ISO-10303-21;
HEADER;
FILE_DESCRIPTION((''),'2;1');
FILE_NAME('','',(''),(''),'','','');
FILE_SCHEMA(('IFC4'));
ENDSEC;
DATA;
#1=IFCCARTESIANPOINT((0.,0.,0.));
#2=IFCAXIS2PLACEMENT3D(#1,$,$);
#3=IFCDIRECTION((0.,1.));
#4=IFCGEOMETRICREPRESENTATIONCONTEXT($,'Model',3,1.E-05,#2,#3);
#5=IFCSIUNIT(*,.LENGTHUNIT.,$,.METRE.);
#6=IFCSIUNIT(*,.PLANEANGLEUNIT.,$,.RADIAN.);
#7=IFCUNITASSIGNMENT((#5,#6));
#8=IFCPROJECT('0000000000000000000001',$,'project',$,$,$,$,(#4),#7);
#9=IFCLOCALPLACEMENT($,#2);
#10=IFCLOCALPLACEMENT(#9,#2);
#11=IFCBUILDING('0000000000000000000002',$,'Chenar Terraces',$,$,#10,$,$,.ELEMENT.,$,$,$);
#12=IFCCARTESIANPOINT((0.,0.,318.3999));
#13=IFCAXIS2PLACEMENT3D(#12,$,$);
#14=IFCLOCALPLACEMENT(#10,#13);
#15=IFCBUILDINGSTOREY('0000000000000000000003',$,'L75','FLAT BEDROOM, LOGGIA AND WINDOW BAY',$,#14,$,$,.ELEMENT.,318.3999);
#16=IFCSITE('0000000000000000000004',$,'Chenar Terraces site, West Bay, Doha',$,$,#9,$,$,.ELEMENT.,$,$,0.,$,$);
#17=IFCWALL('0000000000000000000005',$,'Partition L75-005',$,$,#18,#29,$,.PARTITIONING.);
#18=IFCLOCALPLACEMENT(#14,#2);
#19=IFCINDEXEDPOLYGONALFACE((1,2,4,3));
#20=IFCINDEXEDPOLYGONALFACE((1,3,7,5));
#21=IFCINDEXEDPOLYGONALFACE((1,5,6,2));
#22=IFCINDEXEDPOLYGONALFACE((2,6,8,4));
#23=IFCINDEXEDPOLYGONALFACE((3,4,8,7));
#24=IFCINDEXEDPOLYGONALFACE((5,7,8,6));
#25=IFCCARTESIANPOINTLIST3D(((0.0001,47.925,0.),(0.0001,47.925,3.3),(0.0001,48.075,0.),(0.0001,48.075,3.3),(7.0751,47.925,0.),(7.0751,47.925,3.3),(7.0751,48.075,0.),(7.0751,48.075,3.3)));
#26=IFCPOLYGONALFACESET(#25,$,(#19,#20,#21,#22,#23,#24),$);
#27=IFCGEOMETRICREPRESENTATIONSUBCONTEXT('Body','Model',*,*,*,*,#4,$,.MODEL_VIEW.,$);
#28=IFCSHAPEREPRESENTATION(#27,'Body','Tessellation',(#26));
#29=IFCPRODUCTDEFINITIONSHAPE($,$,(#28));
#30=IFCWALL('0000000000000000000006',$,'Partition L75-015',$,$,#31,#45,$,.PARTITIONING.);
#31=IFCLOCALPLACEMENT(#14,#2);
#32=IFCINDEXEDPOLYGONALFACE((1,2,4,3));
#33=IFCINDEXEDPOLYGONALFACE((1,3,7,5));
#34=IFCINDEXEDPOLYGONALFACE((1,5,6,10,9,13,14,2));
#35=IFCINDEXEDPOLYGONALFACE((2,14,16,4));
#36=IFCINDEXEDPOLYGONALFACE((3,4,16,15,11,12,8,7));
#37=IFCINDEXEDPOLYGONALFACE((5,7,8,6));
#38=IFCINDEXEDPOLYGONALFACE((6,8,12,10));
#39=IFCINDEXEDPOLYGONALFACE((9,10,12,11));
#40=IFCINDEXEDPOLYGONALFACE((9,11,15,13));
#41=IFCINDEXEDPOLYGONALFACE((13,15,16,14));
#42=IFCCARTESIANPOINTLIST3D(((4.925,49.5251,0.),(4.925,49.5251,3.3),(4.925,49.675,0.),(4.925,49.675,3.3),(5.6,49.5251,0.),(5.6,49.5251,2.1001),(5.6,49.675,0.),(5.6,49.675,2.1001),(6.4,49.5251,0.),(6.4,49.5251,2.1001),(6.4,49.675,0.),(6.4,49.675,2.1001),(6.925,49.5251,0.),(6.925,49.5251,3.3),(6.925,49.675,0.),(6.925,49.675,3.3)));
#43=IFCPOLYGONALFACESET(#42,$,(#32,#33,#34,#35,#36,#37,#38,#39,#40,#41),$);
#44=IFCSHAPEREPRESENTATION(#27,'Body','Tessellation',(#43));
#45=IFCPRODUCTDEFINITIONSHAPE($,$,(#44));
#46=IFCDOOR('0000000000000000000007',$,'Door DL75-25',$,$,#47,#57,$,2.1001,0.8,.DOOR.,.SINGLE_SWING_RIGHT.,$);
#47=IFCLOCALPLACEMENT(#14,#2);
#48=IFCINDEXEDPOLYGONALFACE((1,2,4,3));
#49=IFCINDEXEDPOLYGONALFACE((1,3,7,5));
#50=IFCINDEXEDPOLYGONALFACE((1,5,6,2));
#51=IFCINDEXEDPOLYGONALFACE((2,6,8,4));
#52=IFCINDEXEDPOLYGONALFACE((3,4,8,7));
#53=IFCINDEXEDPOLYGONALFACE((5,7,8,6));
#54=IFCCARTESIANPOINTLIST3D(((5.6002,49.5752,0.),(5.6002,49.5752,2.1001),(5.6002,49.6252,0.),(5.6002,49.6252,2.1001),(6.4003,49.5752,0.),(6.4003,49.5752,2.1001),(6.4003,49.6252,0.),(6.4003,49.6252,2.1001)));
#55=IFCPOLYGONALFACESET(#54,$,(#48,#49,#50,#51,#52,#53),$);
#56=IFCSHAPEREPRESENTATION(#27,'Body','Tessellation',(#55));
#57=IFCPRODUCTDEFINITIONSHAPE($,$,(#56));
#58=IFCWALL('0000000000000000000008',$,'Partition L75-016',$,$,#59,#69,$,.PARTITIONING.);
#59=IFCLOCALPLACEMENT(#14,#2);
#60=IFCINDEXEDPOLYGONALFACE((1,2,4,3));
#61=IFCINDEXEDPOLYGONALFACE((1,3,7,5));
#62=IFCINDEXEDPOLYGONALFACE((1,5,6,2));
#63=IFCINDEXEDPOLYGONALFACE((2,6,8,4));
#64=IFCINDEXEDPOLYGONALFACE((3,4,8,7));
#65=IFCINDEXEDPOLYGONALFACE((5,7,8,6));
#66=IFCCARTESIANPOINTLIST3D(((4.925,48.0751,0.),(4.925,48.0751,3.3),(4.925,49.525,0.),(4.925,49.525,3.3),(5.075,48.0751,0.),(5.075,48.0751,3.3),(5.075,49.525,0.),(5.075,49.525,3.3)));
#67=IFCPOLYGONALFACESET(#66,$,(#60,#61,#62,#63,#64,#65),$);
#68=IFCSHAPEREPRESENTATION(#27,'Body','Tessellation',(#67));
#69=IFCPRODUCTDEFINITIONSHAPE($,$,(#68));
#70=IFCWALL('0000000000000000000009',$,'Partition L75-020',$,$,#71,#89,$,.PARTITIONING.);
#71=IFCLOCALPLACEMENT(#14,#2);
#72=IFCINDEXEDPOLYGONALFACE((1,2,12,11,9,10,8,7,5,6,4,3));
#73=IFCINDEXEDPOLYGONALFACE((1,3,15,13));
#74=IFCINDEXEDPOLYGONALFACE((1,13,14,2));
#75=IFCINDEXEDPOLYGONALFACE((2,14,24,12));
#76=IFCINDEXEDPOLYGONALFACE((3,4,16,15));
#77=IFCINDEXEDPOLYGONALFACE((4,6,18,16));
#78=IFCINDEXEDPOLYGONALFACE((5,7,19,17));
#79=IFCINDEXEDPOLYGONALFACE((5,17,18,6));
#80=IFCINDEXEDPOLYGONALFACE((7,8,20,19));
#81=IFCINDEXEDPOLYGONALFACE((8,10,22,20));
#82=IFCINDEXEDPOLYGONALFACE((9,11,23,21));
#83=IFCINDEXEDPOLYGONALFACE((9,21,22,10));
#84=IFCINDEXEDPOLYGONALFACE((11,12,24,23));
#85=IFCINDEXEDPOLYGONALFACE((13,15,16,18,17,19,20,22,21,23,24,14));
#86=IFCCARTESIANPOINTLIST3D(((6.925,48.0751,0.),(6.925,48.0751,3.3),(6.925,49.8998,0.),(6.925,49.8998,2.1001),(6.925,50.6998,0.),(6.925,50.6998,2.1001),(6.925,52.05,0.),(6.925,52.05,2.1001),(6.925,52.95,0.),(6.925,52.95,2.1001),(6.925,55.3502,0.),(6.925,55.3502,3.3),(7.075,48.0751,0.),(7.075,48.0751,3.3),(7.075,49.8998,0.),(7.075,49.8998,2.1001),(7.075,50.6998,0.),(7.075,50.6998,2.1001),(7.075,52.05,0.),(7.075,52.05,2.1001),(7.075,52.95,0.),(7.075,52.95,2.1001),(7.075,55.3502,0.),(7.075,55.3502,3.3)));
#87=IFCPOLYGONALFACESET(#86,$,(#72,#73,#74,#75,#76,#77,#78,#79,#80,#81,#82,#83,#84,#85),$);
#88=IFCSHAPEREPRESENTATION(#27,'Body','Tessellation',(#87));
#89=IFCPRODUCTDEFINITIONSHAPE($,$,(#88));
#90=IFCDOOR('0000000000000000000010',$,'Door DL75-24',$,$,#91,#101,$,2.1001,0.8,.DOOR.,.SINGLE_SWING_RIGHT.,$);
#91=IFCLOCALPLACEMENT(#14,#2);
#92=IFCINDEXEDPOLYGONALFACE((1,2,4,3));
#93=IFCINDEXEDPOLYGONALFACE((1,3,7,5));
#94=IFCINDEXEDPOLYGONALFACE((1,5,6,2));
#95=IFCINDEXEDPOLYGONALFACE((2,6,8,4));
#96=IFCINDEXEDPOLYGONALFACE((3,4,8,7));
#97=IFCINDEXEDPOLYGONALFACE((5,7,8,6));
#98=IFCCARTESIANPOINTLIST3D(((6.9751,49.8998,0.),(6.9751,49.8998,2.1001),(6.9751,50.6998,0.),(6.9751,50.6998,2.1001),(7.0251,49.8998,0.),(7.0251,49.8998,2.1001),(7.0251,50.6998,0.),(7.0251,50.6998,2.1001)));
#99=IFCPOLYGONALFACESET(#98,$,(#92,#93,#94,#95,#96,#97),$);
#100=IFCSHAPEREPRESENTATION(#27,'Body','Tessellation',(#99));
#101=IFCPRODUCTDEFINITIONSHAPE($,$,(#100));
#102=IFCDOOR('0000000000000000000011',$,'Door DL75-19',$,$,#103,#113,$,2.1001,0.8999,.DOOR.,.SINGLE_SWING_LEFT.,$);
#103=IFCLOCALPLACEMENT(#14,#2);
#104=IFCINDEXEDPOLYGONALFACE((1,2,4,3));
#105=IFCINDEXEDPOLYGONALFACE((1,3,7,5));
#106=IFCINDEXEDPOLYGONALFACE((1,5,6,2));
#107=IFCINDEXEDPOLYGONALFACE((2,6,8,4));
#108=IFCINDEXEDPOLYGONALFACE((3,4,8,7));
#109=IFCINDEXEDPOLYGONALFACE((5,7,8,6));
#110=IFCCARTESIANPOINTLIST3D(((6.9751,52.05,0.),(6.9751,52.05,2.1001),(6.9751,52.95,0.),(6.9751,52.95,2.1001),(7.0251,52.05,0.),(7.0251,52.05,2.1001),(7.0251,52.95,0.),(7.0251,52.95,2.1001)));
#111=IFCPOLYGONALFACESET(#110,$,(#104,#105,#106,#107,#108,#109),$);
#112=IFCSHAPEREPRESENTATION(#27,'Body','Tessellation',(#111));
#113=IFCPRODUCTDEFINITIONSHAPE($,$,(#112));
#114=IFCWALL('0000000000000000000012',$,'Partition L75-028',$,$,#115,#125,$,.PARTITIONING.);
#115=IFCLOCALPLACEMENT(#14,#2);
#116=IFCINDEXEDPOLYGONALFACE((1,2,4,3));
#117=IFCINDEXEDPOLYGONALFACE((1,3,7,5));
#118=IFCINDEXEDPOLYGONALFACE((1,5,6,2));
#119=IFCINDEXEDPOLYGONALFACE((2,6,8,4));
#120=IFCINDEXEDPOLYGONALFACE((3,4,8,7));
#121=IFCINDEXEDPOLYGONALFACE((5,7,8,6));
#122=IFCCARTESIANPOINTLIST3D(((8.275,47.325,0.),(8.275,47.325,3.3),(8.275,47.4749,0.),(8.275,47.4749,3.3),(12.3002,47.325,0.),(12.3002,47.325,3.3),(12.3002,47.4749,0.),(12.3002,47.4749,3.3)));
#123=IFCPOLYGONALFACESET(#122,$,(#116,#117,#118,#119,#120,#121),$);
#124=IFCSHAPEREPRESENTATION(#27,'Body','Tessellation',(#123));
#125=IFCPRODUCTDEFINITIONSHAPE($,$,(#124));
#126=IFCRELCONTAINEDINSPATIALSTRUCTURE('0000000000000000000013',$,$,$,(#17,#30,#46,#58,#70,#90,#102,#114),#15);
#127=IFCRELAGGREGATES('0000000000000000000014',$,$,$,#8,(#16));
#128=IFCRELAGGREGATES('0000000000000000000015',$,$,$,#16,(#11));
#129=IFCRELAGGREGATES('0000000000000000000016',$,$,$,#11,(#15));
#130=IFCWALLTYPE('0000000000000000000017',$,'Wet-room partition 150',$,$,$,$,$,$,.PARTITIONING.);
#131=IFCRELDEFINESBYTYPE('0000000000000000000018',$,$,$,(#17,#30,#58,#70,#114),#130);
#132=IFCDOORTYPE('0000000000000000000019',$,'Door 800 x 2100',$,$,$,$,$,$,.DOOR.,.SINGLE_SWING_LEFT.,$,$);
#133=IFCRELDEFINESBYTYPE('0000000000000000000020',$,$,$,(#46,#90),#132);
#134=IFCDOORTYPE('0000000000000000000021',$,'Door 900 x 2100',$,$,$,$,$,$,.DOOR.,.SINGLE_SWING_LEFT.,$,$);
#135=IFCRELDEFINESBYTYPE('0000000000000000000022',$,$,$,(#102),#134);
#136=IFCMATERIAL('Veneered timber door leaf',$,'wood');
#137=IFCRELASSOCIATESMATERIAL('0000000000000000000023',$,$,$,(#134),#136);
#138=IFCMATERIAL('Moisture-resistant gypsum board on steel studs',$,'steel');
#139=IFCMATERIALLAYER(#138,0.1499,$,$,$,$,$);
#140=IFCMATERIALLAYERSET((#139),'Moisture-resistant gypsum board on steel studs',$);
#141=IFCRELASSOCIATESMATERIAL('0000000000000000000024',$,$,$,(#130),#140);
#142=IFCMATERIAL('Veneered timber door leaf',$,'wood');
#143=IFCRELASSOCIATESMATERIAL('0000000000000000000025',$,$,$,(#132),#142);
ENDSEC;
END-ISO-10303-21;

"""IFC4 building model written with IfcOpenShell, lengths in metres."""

from ifc_helpers import new_model, si_unit, direction, frame, frame_2d, origin, place, context, subcontext, project, spatial, rectangle, extrude, material, layer, layer_set, type_object, element, fill, save


model = new_model("IFC4")

# Units and contexts
model_context = context("Model", 3, precision=1e-05, world=origin(), true_north=direction((0.0, 1.0)))
body_context = subcontext(model_context, "Body", "Model", "MODEL_VIEW")
ifc_project = project(units=[si_unit("LENGTHUNIT", "METRE"), si_unit("PLANEANGLEUNIT", "RADIAN")], contexts=[model_context])

# Site, building, storey
site_placement = place(None, origin())
site = spatial("IfcSite", under=ifc_project, at=site_placement, Name="Chenar Terraces site, West Bay, Doha", CompositionType="ELEMENT", RefElevation=0.0)
building_placement = place(site_placement, origin())
building = spatial("IfcBuilding", under=site, at=building_placement, Name="Chenar Terraces", CompositionType="ELEMENT")
storey_placement = place(building_placement, frame((0.0, 0.0, 318.3999)))
storey = spatial("IfcBuildingStorey", under=building, at=storey_placement, Name="L75", Description="FLAT BEDROOM, LOGGIA AND WINDOW BAY", CompositionType="ELEMENT", Elevation=318.3999)

# Shared definitions
ifc_material_1 = material(Name="Veneered timber door leaf", Category="wood")
door_type_1 = type_object("IfcDoorType", Name="Door 900 x 2100", OperationType="SINGLE_SWING_LEFT", PredefinedType="DOOR", material=ifc_material_1)

# Wall
ifc_material_2 = material(Name="Moisture-resistant gypsum board on steel studs", Category="steel")
ifc_layer_1 = layer(ifc_material_2, 0.1499)
ifc_layer_set_1 = layer_set([ifc_layer_1], Name="Moisture-resistant gypsum board on steel studs")
wall_type_1 = type_object("IfcWallType", Name="Wet-room partition 150", PredefinedType="PARTITIONING", material=ifc_layer_set_1)
wall_1_placement = place(storey_placement, frame((0.0, 48.0, 0.0), z_axis=(0.0, 0.0, 1.0), x_axis=(1.0, 0.0, 0.0)))
element("IfcWall", 1, at=wall_1_placement, inside=storey, type_object=wall_type_1, Name="Partition L75-005", PredefinedType="PARTITIONING", context=body_context, shape_type="SweptSolid", body=[
    extrude(rectangle(XDim=7.075, YDim=0.1499, at=frame_2d((3.5376, 0.0))), origin(), (0.0, 0.0, 1.0), 3.3),
])

# Wall, opening, door
wall_2_placement = place(storey_placement, frame((4.925, 49.6001, 0.0), z_axis=(0.0, 0.0, 1.0), x_axis=(1.0, 0.0, 0.0)))
wall_2 = element("IfcWall", 2, at=wall_2_placement, inside=storey, type_object=wall_type_1, Name="Partition L75-015", PredefinedType="PARTITIONING", context=body_context, shape_type="SweptSolid", body=[
    extrude(rectangle(XDim=2.0, YDim=0.1499, at=frame_2d((1.0, 0.0))), origin(), (0.0, 0.0, 1.0), 3.3),
])
opening_1_placement = place(wall_2_placement, frame((0.675, 0.0, 0.0)))
opening_1 = element("IfcOpeningElement", 3, at=opening_1_placement, cuts=wall_2, PredefinedType="OPENING", context=body_context, shape_type="SweptSolid", body=[
    extrude(rectangle(XDim=0.8, YDim=2.1001, at=frame_2d((0.3999, 1.05))), frame((0.0, 0.085, 0.0), z_axis=(0.0, -1.0, 0.0), x_axis=(1.0, 0.0, 0.0)), (0.0, 0.0, 1.0), 0.1699),
])
ifc_material_3 = material(Name="Veneered timber door leaf", Category="wood")
door_type_2 = type_object("IfcDoorType", Name="Door 800 x 2100", OperationType="SINGLE_SWING_LEFT", PredefinedType="DOOR", material=ifc_material_3)
door_1_placement = place(opening_1_placement, frame((0.8, 0.0, 0.0), z_axis=(0.0, 0.0, 1.0), x_axis=(-1.0, 0.0, 0.0)))
door_1 = element("IfcDoor", 4, at=door_1_placement, inside=storey, type_object=door_type_2, Name="Door DL75-25", OperationType="SINGLE_SWING_RIGHT", OverallHeight=2.1001, OverallWidth=0.8, PredefinedType="DOOR", context=body_context, shape_type="SweptSolid", body=[
    extrude(rectangle(XDim=0.8, YDim=2.1001, at=frame_2d((0.3999, 1.05))), frame((0.0, 0.0249, 0.0), z_axis=(0.0, -1.0, 0.0), x_axis=(1.0, 0.0, 0.0)), (0.0, 0.0, 1.0), 0.05),
])
fill(opening_1, door_1)

# Wall
wall_3_placement = place(storey_placement, frame((5.0, 48.075, 0.0), z_axis=(0.0, 0.0, 1.0), x_axis=(0.0, 1.0, 0.0)))
element("IfcWall", 5, at=wall_3_placement, inside=storey, type_object=wall_type_1, Name="Partition L75-016", PredefinedType="PARTITIONING", context=body_context, shape_type="SweptSolid", body=[
    extrude(rectangle(XDim=1.45, YDim=0.1499, at=frame_2d((0.7251, 0.0))), origin(), (0.0, 0.0, 1.0), 3.3),
])

# Wall, openings, doors
wall_4_placement = place(storey_placement, frame((7.0, 48.075, 0.0), z_axis=(0.0, 0.0, 1.0), x_axis=(0.0, 1.0, 0.0)))
wall_4 = element("IfcWall", 6, at=wall_4_placement, inside=storey, type_object=wall_type_1, Name="Partition L75-020", PredefinedType="PARTITIONING", context=body_context, shape_type="SweptSolid", body=[
    extrude(rectangle(XDim=7.2751, YDim=0.1499, at=frame_2d((3.6377, 0.0))), origin(), (0.0, 0.0, 1.0), 3.3),
])
opening_2_placement = place(wall_4_placement, frame((3.9751, 0.0, 0.0)))
opening_2 = element("IfcOpeningElement", 7, at=opening_2_placement, cuts=wall_4, PredefinedType="OPENING", context=body_context, shape_type="SweptSolid", body=[
    extrude(rectangle(XDim=0.8999, YDim=2.1001, at=frame_2d((0.45, 1.05))), frame((0.0, 0.085, 0.0), z_axis=(0.0, -1.0, 0.0), x_axis=(1.0, 0.0, 0.0)), (0.0, 0.0, 1.0), 0.1699),
])
opening_3_placement = place(wall_4_placement, frame((1.825, 0.0, 0.0)))
opening_3 = element("IfcOpeningElement", 8, at=opening_3_placement, cuts=wall_4, PredefinedType="OPENING", context=body_context, shape_type="SweptSolid", body=[
    extrude(rectangle(XDim=0.8, YDim=2.1001, at=frame_2d((0.3999, 1.05))), frame((0.0, 0.085, 0.0), z_axis=(0.0, -1.0, 0.0), x_axis=(1.0, 0.0, 0.0)), (0.0, 0.0, 1.0), 0.1699),
])
door_2_placement = place(opening_3_placement, origin())
door_2 = element("IfcDoor", 9, at=door_2_placement, inside=storey, type_object=door_type_2, Name="Door DL75-24", OperationType="SINGLE_SWING_RIGHT", OverallHeight=2.1001, OverallWidth=0.8, PredefinedType="DOOR", context=body_context, shape_type="SweptSolid", body=[
    extrude(rectangle(XDim=0.8, YDim=2.1001, at=frame_2d((0.3999, 1.05))), frame((0.0, 0.0249, 0.0), z_axis=(0.0, -1.0, 0.0), x_axis=(1.0, 0.0, 0.0)), (0.0, 0.0, 1.0), 0.05),
])
fill(opening_3, door_2)
door_3_placement = place(opening_2_placement, origin())
door_3 = element("IfcDoor", 10, at=door_3_placement, inside=storey, type_object=door_type_1, Name="Door DL75-19", OperationType="SINGLE_SWING_LEFT", OverallHeight=2.1001, OverallWidth=0.8999, PredefinedType="DOOR", context=body_context, shape_type="SweptSolid", body=[
    extrude(rectangle(XDim=0.8999, YDim=2.1001, at=frame_2d((0.45, 1.05))), frame((0.0, 0.0249, 0.0), z_axis=(0.0, -1.0, 0.0), x_axis=(1.0, 0.0, 0.0)), (0.0, 0.0, 1.0), 0.05),
])
fill(opening_2, door_3)

# Wall
wall_5_placement = place(storey_placement, frame((8.2749, 47.3999, 0.0), z_axis=(0.0, 0.0, 1.0), x_axis=(1.0, 0.0, 0.0)))
element("IfcWall", 11, at=wall_5_placement, inside=storey, type_object=wall_type_1, Name="Partition L75-028", PredefinedType="PARTITIONING", context=body_context, shape_type="SweptSolid", body=[
    extrude(rectangle(XDim=4.0251, YDim=0.1499, at=frame_2d((2.0127, 0.0))), origin(), (0.0, 0.0, 1.0), 3.3),
])

save(model, "model.ifc")
